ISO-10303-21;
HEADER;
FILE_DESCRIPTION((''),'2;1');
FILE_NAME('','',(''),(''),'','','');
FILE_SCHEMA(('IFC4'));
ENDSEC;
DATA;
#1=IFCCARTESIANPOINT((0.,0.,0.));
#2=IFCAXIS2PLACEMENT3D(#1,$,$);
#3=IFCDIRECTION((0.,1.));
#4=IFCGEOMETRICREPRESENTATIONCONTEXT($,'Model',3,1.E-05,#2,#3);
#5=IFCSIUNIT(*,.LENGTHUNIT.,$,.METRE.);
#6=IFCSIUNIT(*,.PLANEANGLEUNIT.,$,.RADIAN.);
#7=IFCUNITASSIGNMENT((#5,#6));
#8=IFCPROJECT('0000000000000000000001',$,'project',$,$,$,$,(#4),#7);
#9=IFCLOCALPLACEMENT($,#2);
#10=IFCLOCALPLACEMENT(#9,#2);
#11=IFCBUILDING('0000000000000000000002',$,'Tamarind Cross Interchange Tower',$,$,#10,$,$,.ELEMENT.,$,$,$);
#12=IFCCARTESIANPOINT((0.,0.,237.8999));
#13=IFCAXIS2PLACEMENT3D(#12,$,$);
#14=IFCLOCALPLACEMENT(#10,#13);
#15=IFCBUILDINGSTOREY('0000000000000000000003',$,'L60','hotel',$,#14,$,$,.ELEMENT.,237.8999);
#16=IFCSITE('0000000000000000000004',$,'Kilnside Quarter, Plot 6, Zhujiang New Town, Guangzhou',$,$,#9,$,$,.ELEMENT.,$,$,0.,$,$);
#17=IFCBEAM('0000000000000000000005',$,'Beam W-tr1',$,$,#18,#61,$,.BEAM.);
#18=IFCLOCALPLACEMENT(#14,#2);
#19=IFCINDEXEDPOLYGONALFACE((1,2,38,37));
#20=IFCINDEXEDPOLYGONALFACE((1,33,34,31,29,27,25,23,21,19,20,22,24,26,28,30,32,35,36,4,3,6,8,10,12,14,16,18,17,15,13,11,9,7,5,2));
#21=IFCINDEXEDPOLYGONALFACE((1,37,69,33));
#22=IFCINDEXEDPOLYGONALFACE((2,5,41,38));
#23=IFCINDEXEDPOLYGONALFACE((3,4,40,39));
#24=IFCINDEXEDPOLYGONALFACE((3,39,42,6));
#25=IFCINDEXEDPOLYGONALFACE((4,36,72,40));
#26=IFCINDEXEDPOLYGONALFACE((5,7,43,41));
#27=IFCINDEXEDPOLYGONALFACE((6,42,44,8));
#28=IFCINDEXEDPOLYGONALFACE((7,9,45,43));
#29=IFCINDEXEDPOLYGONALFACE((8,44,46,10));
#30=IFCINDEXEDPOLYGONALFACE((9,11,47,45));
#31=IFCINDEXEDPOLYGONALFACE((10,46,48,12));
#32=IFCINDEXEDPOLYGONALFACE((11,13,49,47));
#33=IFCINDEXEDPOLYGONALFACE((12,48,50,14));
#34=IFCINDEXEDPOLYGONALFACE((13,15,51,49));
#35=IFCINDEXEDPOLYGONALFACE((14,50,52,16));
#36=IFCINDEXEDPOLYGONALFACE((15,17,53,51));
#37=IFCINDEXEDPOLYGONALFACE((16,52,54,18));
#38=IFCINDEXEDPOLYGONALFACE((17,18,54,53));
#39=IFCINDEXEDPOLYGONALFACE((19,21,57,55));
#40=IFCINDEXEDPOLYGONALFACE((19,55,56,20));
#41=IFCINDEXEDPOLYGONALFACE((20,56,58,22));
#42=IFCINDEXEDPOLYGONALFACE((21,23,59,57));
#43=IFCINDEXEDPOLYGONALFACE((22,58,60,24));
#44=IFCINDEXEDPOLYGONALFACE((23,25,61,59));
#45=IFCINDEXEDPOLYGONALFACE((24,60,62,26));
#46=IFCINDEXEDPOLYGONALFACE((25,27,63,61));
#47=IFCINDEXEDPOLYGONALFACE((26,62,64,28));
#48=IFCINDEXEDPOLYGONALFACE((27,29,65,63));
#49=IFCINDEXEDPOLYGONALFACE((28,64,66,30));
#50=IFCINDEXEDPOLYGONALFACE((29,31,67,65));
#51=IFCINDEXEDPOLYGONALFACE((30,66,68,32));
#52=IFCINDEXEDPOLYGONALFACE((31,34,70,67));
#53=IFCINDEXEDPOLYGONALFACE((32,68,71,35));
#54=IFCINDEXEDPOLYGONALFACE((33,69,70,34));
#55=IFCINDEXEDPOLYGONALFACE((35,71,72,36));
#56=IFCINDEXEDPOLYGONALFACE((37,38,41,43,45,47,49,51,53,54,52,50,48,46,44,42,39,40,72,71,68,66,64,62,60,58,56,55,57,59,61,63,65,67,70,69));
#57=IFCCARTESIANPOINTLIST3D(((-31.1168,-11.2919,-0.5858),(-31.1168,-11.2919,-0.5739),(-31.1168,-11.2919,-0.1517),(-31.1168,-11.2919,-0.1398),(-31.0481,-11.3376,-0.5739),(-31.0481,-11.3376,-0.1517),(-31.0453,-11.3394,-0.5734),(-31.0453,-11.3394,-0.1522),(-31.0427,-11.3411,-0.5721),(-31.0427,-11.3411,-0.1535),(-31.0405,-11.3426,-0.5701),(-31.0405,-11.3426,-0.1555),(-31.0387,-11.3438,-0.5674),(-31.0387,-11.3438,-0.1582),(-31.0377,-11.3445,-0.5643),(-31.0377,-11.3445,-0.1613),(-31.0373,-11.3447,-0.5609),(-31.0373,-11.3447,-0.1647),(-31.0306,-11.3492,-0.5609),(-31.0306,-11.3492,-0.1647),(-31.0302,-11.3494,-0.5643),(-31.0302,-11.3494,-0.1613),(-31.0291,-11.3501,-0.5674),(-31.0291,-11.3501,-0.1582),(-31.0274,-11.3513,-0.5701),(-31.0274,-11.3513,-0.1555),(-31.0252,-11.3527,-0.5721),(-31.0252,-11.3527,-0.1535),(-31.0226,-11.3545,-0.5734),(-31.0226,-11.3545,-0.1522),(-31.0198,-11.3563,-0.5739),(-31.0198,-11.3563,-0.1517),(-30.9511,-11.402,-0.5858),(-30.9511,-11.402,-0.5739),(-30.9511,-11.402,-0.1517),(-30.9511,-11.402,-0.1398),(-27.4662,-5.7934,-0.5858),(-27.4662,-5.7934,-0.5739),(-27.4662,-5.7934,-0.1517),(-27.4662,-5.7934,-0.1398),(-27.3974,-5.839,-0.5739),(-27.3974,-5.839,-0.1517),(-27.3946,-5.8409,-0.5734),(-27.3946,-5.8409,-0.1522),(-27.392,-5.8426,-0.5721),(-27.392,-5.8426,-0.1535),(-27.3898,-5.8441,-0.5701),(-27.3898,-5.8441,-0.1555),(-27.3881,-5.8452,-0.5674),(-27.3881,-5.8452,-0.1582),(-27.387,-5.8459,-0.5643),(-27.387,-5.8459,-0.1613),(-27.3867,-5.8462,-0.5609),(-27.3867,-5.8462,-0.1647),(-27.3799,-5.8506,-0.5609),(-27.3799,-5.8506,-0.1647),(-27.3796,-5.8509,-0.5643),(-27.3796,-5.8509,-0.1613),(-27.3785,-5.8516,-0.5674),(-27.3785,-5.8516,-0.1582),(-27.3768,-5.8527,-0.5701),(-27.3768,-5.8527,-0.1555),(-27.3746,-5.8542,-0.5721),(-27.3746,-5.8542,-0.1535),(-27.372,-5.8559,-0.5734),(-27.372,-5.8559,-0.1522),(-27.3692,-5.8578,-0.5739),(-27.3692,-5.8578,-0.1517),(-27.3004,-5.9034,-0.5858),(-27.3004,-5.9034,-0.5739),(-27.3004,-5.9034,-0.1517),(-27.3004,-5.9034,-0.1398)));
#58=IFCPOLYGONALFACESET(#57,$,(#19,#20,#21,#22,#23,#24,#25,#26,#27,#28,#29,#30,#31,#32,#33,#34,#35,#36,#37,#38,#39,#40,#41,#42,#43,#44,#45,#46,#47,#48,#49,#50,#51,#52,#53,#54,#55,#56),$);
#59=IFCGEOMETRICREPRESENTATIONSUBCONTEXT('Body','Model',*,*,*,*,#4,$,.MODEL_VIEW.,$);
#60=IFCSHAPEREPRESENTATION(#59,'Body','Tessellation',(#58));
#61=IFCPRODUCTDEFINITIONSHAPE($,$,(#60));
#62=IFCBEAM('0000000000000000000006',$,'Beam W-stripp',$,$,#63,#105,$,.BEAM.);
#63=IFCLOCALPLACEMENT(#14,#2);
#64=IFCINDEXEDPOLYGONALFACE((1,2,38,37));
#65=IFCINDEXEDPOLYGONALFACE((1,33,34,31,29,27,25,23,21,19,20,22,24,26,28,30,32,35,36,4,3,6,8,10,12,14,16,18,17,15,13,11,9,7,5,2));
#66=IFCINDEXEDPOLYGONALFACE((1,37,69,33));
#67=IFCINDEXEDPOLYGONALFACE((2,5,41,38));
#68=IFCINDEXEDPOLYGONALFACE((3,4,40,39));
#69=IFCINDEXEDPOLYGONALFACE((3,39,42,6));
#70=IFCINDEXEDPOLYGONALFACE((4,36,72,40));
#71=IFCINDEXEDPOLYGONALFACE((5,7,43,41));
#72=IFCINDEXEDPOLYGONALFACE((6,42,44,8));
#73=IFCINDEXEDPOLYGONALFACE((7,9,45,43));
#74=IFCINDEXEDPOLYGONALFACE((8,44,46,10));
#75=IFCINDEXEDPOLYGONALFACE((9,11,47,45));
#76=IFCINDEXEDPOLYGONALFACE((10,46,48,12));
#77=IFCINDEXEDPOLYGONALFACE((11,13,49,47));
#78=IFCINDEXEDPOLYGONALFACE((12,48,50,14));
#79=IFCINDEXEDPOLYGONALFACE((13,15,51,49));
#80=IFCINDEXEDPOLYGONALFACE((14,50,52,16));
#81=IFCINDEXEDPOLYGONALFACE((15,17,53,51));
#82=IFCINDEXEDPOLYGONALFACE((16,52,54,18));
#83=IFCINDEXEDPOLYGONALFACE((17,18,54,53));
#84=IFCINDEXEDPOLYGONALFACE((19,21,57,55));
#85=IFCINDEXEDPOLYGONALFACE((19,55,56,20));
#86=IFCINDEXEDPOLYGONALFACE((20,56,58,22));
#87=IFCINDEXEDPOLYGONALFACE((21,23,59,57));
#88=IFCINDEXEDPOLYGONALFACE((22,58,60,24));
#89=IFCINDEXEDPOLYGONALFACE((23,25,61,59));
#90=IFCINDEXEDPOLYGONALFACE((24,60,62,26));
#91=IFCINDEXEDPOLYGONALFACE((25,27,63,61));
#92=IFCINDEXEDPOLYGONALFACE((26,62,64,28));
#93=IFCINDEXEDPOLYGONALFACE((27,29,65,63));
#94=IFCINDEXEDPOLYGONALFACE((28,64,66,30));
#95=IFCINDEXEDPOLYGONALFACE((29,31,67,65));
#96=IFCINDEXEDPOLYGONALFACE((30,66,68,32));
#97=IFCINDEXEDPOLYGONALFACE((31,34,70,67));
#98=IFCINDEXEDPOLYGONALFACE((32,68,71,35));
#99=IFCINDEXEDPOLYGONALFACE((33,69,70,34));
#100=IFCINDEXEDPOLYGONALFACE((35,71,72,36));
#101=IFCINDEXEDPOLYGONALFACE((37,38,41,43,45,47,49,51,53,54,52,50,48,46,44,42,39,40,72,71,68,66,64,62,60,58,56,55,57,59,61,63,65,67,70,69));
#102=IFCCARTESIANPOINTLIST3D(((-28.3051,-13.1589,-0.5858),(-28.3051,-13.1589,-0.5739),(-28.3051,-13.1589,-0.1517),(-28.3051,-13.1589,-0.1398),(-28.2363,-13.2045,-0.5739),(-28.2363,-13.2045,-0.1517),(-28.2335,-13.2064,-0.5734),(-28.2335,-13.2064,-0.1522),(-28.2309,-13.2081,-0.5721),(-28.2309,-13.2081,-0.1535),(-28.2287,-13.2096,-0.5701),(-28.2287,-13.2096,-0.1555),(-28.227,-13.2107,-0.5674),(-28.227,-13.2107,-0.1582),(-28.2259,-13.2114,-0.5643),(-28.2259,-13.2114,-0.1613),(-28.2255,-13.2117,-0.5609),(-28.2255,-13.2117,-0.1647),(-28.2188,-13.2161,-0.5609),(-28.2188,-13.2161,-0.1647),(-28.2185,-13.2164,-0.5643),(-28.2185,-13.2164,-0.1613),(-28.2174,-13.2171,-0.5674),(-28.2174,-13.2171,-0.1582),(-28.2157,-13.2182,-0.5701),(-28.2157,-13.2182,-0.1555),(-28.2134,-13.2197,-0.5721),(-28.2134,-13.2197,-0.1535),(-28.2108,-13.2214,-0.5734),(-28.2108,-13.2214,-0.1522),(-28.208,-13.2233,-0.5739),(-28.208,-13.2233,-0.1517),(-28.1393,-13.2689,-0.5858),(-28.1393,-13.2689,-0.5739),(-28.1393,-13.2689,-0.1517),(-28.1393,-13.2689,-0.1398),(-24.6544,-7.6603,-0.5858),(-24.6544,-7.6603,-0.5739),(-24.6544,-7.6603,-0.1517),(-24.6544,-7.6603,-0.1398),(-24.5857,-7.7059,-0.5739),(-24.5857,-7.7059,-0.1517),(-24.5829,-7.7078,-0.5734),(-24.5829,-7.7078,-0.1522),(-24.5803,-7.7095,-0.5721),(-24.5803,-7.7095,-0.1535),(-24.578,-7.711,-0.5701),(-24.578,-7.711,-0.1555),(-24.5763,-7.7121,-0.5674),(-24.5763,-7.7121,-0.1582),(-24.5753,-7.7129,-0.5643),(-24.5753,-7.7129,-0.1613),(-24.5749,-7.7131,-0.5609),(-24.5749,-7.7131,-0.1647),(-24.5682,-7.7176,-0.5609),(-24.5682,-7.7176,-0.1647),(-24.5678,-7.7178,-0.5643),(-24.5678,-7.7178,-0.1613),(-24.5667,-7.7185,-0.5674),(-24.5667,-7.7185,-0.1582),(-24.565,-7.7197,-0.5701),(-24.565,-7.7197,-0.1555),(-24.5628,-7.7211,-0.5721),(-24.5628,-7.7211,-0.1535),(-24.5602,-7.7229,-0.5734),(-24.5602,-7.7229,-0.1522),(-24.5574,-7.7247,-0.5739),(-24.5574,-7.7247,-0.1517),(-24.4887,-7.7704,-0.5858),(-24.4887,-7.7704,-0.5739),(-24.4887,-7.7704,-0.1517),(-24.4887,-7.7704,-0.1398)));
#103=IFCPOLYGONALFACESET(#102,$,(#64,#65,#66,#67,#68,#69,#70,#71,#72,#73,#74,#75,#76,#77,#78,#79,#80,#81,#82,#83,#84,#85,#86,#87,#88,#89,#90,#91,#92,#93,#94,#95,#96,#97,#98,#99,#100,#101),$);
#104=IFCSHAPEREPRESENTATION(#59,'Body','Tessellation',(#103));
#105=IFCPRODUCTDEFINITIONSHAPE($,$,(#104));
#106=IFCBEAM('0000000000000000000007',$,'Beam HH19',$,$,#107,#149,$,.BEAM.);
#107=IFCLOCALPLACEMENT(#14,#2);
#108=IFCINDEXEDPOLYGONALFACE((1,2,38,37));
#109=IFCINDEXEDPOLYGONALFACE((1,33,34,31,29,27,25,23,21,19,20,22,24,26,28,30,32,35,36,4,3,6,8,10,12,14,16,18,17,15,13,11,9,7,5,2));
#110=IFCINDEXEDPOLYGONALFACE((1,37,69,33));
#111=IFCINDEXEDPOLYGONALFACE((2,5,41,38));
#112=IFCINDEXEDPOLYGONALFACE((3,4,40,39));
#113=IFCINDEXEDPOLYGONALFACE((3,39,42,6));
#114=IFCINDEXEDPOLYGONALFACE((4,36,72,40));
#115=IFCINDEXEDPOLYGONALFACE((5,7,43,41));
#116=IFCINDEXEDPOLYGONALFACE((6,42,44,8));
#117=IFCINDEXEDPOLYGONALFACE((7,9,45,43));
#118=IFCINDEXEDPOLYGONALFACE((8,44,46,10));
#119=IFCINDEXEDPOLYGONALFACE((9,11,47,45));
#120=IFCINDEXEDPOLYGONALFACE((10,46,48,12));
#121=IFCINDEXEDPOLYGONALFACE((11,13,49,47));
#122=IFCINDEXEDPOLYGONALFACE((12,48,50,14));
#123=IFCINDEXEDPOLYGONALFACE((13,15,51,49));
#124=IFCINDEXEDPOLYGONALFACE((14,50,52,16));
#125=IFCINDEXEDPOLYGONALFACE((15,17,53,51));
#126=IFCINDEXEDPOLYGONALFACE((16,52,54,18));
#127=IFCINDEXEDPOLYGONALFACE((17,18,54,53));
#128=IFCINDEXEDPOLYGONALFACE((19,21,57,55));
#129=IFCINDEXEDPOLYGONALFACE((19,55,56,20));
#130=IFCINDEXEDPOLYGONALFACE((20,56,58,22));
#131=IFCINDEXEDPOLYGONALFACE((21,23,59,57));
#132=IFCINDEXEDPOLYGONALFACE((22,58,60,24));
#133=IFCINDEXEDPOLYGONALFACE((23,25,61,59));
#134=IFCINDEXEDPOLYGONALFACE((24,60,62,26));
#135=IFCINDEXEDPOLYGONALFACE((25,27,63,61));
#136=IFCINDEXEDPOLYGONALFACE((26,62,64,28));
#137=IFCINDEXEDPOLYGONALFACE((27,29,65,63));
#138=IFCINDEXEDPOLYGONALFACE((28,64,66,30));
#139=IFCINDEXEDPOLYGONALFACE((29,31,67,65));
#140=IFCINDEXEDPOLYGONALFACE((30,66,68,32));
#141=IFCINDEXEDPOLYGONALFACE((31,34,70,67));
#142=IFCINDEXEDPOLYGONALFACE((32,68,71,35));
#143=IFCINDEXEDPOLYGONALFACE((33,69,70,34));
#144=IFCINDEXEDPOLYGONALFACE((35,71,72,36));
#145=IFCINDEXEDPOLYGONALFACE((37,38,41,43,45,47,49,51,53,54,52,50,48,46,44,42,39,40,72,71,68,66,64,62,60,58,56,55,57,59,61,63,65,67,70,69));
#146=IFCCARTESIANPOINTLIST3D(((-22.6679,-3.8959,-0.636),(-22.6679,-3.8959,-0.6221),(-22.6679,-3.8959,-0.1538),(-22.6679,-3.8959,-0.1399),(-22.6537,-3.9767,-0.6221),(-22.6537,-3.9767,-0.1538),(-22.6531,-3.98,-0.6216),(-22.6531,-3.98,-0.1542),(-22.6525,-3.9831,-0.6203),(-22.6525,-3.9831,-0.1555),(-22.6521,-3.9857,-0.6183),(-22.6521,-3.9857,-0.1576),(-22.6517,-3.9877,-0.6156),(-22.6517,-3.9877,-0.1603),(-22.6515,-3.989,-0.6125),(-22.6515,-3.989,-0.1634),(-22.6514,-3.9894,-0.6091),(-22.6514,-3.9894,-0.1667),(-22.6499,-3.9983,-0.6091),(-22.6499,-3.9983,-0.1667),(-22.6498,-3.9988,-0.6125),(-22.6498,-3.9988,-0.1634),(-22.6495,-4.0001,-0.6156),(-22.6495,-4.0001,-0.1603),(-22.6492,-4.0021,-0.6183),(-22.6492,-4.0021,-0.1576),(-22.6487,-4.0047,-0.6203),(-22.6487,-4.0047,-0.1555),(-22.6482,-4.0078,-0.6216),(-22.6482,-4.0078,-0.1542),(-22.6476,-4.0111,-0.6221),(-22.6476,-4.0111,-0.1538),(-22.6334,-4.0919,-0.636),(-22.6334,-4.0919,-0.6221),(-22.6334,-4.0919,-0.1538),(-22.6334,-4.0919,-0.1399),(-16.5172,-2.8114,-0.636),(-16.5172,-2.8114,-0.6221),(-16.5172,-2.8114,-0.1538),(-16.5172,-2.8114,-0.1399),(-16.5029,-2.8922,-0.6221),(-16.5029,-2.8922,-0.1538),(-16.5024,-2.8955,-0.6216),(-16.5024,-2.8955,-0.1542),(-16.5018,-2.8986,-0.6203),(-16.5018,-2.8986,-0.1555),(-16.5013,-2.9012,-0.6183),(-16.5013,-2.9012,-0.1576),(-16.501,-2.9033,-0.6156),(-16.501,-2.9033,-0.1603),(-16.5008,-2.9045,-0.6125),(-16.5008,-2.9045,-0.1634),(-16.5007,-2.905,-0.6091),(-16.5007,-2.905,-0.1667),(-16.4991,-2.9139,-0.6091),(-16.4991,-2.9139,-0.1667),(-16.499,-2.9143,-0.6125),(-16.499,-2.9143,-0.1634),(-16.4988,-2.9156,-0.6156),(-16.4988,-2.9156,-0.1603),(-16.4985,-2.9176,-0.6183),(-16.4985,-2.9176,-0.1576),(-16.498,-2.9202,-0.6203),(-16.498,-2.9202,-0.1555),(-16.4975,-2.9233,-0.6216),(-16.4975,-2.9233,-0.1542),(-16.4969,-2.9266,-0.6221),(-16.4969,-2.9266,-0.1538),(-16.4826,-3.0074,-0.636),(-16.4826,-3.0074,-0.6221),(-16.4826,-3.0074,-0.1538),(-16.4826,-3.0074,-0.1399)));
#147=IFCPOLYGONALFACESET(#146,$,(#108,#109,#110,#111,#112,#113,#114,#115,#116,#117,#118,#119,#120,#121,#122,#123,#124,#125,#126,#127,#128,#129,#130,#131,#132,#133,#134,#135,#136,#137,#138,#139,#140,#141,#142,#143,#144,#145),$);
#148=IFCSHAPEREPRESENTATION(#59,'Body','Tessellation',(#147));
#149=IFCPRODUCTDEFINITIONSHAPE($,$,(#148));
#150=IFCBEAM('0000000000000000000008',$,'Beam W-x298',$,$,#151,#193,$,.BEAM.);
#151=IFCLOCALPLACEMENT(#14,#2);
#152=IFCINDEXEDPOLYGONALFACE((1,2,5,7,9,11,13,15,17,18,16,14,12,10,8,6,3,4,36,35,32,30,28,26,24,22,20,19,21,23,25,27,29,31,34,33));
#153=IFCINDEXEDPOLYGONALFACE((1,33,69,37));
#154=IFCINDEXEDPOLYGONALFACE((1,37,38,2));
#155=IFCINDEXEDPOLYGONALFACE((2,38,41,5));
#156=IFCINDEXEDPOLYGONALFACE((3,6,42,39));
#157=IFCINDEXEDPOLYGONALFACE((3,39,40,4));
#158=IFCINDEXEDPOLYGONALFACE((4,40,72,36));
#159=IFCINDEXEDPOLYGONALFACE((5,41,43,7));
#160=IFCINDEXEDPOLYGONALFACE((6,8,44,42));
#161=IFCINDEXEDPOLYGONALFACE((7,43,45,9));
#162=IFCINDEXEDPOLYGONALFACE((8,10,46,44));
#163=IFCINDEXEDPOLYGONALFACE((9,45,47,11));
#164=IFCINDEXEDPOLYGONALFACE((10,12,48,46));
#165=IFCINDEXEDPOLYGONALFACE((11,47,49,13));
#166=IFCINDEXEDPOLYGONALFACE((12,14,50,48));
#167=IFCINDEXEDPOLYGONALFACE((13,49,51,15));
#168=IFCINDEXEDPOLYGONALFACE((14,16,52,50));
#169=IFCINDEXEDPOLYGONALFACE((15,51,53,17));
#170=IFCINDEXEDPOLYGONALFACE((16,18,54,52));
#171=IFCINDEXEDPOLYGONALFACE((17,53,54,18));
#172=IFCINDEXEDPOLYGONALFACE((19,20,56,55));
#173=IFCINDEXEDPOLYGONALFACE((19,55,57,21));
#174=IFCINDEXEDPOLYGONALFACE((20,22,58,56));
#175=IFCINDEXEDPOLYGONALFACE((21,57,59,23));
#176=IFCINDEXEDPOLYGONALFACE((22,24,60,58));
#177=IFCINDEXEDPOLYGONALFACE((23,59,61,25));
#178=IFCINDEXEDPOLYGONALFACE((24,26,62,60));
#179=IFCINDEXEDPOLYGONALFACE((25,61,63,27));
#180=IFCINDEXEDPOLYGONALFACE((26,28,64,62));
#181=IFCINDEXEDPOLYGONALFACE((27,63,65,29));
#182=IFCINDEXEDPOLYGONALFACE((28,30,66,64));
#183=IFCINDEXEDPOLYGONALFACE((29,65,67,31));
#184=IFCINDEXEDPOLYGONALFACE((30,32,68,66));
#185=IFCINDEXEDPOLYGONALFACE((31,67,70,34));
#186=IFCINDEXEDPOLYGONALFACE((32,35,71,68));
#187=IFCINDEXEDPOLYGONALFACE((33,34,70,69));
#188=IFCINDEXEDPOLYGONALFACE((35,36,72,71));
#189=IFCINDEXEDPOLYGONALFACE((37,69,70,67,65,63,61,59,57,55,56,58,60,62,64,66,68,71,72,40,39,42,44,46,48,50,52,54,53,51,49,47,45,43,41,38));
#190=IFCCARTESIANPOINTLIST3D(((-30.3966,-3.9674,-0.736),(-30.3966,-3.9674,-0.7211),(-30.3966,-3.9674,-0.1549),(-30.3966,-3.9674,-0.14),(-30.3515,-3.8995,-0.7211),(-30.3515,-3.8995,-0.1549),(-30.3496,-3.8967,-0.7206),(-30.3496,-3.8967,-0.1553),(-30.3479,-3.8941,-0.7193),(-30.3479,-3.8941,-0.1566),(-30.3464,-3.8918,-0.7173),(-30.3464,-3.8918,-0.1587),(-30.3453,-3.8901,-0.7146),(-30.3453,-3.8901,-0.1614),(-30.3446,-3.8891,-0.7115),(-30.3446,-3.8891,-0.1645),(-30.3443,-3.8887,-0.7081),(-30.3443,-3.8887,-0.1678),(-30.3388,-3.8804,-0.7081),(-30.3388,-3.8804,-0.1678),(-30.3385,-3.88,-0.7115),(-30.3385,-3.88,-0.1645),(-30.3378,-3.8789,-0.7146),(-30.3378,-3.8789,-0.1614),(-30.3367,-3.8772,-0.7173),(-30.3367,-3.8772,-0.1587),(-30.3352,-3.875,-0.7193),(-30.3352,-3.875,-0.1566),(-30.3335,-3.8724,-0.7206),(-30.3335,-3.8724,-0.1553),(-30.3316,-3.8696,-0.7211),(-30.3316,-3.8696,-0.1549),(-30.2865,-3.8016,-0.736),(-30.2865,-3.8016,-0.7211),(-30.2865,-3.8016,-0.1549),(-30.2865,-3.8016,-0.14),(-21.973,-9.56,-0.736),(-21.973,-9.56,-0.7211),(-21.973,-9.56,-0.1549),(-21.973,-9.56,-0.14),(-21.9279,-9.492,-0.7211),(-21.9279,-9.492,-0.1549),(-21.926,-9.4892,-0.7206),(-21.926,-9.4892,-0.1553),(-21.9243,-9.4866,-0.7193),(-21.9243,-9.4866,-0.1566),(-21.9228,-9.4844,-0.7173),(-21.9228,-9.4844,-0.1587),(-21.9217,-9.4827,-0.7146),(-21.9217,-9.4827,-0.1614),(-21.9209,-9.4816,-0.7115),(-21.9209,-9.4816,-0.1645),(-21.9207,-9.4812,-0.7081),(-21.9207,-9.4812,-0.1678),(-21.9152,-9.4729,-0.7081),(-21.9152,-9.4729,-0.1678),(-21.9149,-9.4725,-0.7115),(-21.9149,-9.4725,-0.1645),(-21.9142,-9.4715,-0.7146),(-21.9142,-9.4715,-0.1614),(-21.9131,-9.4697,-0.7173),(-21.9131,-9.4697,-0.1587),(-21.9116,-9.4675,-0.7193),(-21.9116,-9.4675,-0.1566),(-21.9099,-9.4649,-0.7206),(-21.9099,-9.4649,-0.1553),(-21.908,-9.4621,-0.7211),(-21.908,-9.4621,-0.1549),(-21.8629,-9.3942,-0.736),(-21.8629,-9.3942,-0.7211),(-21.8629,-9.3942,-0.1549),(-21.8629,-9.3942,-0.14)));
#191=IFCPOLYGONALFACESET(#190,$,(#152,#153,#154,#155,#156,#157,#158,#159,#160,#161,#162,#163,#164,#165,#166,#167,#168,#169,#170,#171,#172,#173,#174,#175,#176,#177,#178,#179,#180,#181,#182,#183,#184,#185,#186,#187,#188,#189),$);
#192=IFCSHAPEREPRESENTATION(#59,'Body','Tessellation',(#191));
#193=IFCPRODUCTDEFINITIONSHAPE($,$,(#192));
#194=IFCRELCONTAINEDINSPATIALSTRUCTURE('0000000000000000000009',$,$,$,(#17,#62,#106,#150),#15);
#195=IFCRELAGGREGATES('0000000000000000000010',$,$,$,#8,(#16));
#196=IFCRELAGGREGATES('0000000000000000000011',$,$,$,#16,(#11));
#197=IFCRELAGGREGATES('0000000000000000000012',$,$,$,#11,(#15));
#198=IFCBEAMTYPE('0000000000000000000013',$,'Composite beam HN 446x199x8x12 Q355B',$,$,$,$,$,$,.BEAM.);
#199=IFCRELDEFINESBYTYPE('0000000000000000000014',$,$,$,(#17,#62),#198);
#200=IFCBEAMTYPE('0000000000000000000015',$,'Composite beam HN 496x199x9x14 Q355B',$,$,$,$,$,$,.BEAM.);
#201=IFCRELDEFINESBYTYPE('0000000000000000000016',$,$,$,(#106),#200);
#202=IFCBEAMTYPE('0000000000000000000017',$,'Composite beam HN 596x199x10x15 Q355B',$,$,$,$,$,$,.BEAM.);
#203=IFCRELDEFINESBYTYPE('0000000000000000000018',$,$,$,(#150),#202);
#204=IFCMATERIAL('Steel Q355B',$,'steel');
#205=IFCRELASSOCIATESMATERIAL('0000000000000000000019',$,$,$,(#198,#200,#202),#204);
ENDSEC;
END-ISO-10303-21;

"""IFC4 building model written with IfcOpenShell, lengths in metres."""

from ifc_helpers import new_model, si_unit, direction, frame, origin, origin_2d, place, context, subcontext, project, spatial, i_section, extrude, material, material_profile, profile_set, type_object, element, save


model = new_model("IFC4")

# Units and contexts
model_context = context("Model", 3, precision=1e-05, world=origin(), true_north=direction((0.0, 1.0)))
body_context = subcontext(model_context, "Body", "Model", "MODEL_VIEW")
ifc_project = project(units=[si_unit("LENGTHUNIT", "METRE"), si_unit("PLANEANGLEUNIT", "RADIAN")], contexts=[model_context])

# Site, building, storey
site_placement = place(None, origin())
site = spatial("IfcSite", under=ifc_project, at=site_placement, Name="Kilnside Quarter, Plot 6, Zhujiang New Town, Guangzhou", CompositionType="ELEMENT", RefElevation=0.0)
building_placement = place(site_placement, origin())
building = spatial("IfcBuilding", under=site, at=building_placement, Name="Tamarind Cross Interchange Tower", CompositionType="ELEMENT")
storey_placement = place(building_placement, frame((0.0, 0.0, 237.8999)))
storey = spatial("IfcBuildingStorey", under=building, at=storey_placement, Name="L60", Description="hotel", CompositionType="ELEMENT", Elevation=237.8999)

# Beams
ifc_material_1 = material(Name="Steel Q355B", Category="steel")
ifc_material_profile_1 = material_profile(ifc_material_1, i_section(OverallWidth=0.199, OverallDepth=0.446, WebThickness=0.0081, FlangeThickness=0.012, FilletRadius=0.0129, at=origin_2d()), Name="HN 446x199x8x12")
ifc_profile_set_1 = profile_set([ifc_material_profile_1], Name="Steel Q355B")
beam_type_1 = type_object("IfcBeamType", Name="Composite beam HN 446x199x8x12 Q355B", PredefinedType="BEAM", material=ifc_profile_set_1)
for number, where, z_axis, x_axis, name in (
    (1, (-27.3833, -5.8484, -0.3628), (-0.55312, -0.833102, 0.0), (0.833102, -0.55312, 0.0), "Beam W-tr1"),
    (2, (-24.5715, -7.7153, -0.3628), (-0.55312, -0.833102, 0.0), (0.833102, -0.55312, 0.0), "Beam W-stripp"),
):
    element("IfcBeam", number, at=place(storey_placement, frame(where, z_axis=z_axis, x_axis=x_axis)), inside=storey, type_object=beam_type_1, Name=name, PredefinedType="BEAM", context=body_context, shape_type="SweptSolid", body=[
        extrude(i_section(OverallWidth=0.199, OverallDepth=0.446, WebThickness=0.0081, FlangeThickness=0.012, FilletRadius=0.0129, at=origin_2d()), origin(), (0.0, 0.0, 1.0), 6.6001),
    ])
ifc_material_profile_2 = material_profile(ifc_material_1, i_section(OverallWidth=0.199, OverallDepth=0.4961, WebThickness=0.009, FlangeThickness=0.0139, FilletRadius=0.0129, at=origin_2d()), Name="HN 496x199x9x14")
ifc_profile_set_2 = profile_set([ifc_material_profile_2], Name="Steel Q355B")
beam_type_2 = type_object("IfcBeamType", Name="Composite beam HN 496x199x9x14 Q355B", PredefinedType="BEAM", material=ifc_profile_set_2)
beam_1_placement = place(storey_placement, frame((-22.6506, -3.9939, -0.3879), z_axis=(0.984809, 0.17364, 0.0), x_axis=(-0.17364, 0.984809, 0.0)))
element("IfcBeam", 3, at=beam_1_placement, inside=storey, type_object=beam_type_2, Name="Beam HH19", PredefinedType="BEAM", context=body_context, shape_type="SweptSolid", body=[
    extrude(i_section(OverallWidth=0.199, OverallDepth=0.4961, WebThickness=0.009, FlangeThickness=0.0139, FilletRadius=0.0129, at=origin_2d()), origin(), (0.0, 0.0, 1.0), 6.2456),
])
ifc_material_profile_3 = material_profile(ifc_material_1, i_section(OverallWidth=0.199, OverallDepth=0.5959, WebThickness=0.01, FlangeThickness=0.0149, FilletRadius=0.0129, at=origin_2d()), Name="HN 596x199x10x15")
ifc_profile_set_3 = profile_set([ifc_material_profile_3], Name="Steel Q355B")
beam_type_3 = type_object("IfcBeamType", Name="Composite beam HN 596x199x10x15 Q355B", PredefinedType="BEAM", material=ifc_profile_set_3)
beam_2_placement = place(storey_placement, frame((-30.3416, -3.8845, -0.438), z_axis=(0.833107, -0.553111, 0.0), x_axis=(0.553111, 0.833107, 0.0)))
element("IfcBeam", 4, at=beam_2_placement, inside=storey, type_object=beam_type_3, Name="Beam W-x298", PredefinedType="BEAM", context=body_context, shape_type="SweptSolid", body=[
    extrude(i_section(OverallWidth=0.199, OverallDepth=0.5959, WebThickness=0.01, FlangeThickness=0.0149, FilletRadius=0.0129, at=origin_2d()), origin(), (0.0, 0.0, 1.0), 10.1111),
])

save(model, "model.ifc")
